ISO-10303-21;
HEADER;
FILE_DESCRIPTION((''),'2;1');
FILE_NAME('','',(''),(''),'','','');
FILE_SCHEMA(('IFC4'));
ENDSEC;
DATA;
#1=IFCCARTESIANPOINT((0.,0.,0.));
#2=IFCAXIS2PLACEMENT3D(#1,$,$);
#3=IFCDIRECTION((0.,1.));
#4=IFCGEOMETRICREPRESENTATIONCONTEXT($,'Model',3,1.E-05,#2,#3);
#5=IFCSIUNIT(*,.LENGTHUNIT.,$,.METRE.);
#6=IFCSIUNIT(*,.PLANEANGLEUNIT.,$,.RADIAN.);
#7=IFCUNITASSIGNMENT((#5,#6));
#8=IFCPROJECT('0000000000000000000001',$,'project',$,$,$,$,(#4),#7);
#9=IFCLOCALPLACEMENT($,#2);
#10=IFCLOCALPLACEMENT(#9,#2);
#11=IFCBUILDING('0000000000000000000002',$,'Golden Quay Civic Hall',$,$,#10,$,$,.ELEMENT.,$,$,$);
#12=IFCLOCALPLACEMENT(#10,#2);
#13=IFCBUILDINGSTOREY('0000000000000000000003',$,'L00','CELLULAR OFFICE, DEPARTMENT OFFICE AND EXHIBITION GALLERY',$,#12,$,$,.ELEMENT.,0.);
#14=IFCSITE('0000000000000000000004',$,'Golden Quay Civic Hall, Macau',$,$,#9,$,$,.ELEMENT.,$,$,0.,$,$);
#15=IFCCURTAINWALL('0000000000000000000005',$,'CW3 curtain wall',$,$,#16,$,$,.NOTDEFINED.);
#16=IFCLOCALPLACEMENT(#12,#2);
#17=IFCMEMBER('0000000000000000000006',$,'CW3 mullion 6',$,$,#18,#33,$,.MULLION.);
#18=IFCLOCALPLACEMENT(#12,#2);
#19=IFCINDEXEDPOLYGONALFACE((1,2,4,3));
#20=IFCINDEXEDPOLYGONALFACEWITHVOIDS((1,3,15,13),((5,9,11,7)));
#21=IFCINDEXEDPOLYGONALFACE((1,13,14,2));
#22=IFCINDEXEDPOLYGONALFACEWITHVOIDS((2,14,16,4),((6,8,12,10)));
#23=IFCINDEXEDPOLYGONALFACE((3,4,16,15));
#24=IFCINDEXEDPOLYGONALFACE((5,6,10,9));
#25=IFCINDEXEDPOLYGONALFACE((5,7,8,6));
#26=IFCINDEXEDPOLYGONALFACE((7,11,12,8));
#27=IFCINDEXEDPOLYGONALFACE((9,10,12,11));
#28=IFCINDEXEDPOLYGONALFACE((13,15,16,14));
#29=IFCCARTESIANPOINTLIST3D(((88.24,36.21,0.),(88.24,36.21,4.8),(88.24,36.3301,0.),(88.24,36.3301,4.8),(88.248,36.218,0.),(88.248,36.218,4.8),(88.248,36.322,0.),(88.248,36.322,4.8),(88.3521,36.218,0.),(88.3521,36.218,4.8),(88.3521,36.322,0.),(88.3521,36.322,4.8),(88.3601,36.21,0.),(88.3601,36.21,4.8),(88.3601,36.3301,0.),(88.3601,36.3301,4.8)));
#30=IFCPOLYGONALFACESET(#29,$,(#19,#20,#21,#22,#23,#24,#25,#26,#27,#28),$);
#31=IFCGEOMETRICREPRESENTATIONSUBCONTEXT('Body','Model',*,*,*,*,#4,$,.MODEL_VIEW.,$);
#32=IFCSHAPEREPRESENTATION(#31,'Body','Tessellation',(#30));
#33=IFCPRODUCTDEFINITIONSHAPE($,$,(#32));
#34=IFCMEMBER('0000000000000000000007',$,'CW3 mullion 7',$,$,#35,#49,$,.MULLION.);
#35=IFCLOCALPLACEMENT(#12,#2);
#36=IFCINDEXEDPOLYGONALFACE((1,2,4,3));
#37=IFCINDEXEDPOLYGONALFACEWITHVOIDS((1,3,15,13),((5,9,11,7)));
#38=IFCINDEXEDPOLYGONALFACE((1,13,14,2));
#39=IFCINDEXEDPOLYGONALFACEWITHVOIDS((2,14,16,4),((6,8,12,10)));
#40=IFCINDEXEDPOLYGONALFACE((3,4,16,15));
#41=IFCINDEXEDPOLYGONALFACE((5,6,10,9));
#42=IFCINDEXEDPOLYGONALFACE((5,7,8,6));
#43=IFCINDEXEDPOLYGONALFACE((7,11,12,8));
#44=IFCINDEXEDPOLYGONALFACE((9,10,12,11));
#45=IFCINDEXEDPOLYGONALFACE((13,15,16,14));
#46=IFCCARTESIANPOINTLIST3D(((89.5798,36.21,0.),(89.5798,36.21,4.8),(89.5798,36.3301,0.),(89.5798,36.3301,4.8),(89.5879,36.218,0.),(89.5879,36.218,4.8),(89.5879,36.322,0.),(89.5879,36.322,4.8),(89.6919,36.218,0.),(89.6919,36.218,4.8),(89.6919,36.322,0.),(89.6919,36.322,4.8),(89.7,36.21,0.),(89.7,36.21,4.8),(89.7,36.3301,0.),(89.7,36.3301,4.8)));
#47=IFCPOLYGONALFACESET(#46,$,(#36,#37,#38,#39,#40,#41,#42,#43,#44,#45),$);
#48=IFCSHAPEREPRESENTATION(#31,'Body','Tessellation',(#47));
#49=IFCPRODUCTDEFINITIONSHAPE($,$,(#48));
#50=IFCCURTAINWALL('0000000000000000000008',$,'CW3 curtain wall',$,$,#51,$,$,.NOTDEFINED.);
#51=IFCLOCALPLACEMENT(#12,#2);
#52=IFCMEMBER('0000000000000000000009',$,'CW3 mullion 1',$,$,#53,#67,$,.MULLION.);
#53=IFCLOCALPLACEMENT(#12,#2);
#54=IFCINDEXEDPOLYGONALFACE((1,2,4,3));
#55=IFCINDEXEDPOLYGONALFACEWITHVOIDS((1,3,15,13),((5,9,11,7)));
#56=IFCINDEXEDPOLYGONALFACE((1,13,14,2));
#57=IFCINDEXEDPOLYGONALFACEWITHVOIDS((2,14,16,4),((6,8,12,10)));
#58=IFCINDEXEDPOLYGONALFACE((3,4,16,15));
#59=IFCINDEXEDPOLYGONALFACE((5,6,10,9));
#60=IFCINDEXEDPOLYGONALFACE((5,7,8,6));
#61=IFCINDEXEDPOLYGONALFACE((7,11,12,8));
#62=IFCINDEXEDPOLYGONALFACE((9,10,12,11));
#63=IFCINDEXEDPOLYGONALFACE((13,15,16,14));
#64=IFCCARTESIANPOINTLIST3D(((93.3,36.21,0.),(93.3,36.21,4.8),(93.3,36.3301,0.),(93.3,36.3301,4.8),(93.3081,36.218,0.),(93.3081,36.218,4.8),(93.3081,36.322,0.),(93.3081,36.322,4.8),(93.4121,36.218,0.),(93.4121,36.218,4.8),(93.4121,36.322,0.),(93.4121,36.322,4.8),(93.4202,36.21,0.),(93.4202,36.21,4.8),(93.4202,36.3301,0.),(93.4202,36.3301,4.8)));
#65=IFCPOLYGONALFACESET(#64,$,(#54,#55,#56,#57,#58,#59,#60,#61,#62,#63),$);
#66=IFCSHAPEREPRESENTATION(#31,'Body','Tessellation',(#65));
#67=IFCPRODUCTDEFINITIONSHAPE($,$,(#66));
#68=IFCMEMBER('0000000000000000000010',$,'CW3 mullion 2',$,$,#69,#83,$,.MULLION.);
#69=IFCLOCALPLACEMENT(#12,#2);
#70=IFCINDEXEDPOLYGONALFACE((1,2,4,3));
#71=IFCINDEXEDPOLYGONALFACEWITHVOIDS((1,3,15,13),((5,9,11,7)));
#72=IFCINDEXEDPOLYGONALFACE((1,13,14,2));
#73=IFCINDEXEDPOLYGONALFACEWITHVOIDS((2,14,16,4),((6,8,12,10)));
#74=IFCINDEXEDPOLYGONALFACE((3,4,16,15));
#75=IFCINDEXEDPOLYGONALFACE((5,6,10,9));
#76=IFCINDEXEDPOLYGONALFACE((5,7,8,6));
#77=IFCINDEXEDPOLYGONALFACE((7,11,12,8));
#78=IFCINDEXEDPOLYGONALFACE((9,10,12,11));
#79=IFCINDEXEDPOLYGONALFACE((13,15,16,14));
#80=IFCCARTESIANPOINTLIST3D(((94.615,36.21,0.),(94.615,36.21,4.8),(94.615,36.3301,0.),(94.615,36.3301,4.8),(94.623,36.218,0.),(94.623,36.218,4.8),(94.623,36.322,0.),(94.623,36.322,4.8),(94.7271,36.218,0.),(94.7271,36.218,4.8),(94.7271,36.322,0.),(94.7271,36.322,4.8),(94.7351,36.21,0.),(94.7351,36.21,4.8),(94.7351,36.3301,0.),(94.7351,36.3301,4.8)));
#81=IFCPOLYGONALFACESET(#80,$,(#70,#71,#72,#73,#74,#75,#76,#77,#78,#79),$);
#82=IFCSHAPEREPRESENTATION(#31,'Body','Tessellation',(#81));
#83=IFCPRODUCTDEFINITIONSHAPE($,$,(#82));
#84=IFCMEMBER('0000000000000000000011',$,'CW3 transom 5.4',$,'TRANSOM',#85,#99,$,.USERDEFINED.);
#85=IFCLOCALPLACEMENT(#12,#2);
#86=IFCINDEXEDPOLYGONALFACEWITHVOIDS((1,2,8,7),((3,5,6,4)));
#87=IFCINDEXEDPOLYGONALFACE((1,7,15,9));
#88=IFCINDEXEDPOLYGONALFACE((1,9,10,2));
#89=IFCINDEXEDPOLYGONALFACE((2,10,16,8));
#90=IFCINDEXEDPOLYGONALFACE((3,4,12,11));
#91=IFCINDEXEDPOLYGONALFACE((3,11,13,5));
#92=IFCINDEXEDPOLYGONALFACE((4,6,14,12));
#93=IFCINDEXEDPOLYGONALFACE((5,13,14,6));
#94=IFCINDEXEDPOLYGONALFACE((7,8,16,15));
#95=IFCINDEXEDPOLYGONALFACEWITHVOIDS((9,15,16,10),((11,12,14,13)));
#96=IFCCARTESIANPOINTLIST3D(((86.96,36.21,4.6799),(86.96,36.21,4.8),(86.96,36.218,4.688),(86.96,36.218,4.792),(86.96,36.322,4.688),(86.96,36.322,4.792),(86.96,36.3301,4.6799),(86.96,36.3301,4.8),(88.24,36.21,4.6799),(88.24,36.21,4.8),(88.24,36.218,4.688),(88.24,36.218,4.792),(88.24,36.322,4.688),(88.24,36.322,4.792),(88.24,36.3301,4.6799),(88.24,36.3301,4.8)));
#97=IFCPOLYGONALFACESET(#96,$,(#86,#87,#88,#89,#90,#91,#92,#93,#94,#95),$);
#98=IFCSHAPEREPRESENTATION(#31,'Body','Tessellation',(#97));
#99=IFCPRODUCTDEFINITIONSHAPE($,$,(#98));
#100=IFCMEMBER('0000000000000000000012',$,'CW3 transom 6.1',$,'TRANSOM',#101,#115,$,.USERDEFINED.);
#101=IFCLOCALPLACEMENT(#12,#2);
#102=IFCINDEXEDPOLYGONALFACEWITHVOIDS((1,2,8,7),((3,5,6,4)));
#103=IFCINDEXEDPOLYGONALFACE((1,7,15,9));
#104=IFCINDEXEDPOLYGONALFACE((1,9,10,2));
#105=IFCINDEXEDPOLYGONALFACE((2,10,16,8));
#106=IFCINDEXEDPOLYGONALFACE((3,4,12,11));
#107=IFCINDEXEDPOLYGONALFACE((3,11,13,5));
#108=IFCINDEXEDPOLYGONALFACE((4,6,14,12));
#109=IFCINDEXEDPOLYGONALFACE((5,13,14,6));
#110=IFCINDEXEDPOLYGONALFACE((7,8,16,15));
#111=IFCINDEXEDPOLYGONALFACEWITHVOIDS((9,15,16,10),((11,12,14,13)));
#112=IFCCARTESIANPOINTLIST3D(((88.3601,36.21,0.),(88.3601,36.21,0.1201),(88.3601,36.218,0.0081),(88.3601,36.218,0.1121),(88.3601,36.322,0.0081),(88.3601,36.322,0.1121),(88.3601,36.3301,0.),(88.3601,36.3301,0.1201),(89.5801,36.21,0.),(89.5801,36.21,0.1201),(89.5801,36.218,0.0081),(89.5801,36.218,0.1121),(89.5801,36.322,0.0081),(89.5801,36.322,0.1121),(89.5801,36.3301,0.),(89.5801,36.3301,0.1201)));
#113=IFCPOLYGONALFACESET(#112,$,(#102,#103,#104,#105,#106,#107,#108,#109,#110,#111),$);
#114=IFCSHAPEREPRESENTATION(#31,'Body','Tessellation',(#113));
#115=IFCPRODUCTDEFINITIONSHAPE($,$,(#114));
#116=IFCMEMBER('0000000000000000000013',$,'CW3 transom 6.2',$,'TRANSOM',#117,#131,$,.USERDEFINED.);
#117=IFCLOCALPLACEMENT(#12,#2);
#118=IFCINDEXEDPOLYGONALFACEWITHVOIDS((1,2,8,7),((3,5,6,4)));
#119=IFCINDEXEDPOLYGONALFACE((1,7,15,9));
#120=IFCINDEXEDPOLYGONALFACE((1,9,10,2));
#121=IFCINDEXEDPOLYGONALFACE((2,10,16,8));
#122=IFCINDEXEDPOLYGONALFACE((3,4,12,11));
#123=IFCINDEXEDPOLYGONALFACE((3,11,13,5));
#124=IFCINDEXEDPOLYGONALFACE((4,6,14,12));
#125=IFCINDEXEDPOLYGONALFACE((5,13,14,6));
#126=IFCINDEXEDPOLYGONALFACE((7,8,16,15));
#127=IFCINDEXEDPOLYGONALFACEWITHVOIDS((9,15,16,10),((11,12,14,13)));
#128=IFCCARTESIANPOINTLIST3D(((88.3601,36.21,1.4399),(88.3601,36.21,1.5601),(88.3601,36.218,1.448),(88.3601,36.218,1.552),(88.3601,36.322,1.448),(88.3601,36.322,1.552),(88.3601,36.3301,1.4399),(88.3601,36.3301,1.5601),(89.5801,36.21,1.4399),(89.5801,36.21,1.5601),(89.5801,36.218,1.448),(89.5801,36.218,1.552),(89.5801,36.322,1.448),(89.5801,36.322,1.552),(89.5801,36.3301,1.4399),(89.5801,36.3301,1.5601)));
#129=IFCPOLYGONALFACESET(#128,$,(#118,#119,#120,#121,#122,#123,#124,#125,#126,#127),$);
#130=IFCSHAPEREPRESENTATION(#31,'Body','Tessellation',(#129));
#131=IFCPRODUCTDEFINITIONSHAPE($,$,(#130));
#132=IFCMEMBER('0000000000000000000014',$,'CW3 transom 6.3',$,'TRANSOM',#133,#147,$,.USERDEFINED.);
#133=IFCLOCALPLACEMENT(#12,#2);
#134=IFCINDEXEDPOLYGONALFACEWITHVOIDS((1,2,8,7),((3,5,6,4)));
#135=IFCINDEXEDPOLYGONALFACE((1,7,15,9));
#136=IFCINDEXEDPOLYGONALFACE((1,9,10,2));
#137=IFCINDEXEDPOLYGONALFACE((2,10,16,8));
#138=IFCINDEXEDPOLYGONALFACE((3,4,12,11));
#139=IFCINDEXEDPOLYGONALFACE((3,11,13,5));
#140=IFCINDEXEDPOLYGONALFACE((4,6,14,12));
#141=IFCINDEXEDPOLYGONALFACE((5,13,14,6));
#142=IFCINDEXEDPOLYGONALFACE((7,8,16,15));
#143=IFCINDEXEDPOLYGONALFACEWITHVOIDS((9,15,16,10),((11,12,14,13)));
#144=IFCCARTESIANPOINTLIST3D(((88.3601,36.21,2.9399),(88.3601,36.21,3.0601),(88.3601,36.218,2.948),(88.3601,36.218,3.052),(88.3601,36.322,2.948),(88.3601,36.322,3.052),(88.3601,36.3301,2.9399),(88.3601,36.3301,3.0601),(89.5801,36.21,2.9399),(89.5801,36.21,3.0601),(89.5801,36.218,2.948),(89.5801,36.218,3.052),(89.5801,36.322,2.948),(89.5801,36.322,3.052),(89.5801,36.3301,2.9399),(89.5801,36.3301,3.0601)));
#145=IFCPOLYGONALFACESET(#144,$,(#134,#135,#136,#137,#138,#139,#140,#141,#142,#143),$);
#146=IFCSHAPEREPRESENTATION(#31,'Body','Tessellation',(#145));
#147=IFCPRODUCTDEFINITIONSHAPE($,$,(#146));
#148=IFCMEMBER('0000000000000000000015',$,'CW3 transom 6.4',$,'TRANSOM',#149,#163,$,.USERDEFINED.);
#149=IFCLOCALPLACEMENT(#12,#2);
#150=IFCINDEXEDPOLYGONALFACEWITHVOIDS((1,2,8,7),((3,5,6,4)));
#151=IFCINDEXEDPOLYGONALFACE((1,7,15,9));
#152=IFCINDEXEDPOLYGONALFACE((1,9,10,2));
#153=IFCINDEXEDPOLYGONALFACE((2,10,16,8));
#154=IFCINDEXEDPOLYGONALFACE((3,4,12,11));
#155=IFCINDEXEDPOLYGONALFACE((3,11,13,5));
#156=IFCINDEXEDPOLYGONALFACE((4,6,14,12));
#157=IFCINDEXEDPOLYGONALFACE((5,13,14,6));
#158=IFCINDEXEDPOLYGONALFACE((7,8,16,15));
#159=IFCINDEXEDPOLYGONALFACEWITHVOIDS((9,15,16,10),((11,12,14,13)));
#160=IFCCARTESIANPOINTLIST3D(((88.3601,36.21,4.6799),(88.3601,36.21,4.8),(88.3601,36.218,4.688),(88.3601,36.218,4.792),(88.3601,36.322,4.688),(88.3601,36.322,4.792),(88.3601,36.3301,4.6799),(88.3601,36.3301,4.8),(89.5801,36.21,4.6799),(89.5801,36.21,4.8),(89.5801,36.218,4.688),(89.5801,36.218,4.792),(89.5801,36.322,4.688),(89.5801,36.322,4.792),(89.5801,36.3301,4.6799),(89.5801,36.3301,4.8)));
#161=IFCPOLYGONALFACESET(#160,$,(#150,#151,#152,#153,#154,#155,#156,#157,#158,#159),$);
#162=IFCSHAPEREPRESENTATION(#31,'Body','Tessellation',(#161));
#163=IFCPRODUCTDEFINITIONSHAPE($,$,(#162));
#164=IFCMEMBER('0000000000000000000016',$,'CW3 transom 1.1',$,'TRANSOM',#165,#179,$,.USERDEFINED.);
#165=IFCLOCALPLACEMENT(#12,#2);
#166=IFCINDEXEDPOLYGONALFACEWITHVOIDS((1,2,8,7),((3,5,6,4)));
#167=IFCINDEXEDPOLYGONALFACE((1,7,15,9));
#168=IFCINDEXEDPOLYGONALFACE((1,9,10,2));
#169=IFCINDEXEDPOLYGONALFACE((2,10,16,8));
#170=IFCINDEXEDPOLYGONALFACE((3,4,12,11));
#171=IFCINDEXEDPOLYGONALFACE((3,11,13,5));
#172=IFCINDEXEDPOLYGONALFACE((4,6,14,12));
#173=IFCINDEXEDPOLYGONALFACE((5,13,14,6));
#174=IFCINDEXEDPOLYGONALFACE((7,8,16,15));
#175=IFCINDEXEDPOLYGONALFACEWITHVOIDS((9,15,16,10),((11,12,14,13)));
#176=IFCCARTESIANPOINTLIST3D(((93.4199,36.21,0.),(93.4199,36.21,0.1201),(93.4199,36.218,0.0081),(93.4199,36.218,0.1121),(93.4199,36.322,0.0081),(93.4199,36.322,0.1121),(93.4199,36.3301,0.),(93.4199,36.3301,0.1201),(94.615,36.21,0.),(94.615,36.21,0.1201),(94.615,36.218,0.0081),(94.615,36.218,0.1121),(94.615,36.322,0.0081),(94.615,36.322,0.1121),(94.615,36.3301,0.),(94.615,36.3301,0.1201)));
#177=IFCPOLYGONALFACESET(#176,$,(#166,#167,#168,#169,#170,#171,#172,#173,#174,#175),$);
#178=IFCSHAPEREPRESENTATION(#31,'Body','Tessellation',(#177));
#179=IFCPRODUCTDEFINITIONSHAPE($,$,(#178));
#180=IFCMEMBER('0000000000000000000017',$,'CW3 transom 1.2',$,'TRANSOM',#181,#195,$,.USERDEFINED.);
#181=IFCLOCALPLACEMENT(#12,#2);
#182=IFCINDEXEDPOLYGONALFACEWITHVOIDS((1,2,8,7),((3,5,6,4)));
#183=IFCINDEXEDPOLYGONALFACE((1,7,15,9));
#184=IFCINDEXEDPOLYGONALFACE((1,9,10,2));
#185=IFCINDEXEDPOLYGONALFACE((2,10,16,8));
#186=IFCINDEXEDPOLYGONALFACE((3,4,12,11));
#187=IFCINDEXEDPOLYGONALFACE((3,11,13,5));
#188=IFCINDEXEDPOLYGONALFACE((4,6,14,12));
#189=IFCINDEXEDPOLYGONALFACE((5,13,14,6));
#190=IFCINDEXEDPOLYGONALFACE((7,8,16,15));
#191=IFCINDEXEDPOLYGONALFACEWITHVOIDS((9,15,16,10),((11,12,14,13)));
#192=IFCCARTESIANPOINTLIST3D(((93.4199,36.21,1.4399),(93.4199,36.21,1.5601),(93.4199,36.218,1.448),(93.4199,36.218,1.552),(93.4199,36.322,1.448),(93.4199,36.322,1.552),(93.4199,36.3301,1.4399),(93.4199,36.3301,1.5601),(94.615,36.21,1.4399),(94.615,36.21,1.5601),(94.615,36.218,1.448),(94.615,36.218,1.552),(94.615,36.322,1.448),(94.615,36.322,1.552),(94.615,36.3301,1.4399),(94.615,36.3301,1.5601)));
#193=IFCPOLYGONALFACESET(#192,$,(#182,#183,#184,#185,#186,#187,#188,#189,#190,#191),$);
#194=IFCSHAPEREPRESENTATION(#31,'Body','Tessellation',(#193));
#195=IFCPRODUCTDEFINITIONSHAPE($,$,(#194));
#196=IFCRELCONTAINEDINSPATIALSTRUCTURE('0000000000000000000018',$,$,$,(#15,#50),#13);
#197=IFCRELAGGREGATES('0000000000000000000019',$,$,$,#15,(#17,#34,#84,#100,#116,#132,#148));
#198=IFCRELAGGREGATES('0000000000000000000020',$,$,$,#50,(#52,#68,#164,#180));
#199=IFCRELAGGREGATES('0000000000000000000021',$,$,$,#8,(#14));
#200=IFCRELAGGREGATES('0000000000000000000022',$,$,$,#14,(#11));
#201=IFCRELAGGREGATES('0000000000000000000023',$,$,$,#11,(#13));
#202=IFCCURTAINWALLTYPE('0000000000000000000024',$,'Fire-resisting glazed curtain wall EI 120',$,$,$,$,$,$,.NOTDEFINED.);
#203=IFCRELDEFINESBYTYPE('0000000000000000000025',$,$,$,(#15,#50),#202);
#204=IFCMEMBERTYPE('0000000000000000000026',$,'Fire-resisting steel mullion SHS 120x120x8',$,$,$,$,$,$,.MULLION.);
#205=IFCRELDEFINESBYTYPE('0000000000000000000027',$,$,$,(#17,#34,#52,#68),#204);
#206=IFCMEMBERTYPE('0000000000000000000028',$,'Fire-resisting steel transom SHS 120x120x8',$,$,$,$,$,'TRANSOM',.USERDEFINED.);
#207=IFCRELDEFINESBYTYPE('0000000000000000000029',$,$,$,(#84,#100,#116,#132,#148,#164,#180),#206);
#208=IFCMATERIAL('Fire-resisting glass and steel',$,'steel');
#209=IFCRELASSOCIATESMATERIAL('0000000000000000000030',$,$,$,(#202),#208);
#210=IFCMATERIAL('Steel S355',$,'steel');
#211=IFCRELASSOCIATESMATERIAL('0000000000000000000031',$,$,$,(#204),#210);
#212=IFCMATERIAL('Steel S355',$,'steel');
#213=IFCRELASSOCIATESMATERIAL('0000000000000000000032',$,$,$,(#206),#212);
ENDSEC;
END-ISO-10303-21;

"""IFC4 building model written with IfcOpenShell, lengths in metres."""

from ifc_helpers import new_model, si_unit, direction, frame, origin, origin_2d, place, context, subcontext, project, spatial, hollow_rectangle, extrude, material, material_profile, profile_set, type_object, element, aggregate, save


model = new_model("IFC4")

# Units and contexts
model_context = context("Model", 3, precision=1e-05, world=origin(), true_north=direction((0.0, 1.0)))
body_context = subcontext(model_context, "Body", "Model", "MODEL_VIEW")
ifc_project = project(units=[si_unit("LENGTHUNIT", "METRE"), si_unit("PLANEANGLEUNIT", "RADIAN")], contexts=[model_context])

# Site, building, storey
site_placement = place(None, origin())
site = spatial("IfcSite", under=ifc_project, at=site_placement, Name="Golden Quay Civic Hall, Macau", CompositionType="ELEMENT", RefElevation=0.0)
building_placement = place(site_placement, origin())
building = spatial("IfcBuilding", under=site, at=building_placement, Name="Golden Quay Civic Hall", CompositionType="ELEMENT")
storey_placement = place(building_placement, origin())
storey = spatial("IfcBuildingStorey", under=building, at=storey_placement, Name="L00", Description="CELLULAR OFFICE, DEPARTMENT OFFICE AND EXHIBITION GALLERY", CompositionType="ELEMENT", Elevation=0.0)

# Curtain walls, members
ifc_material_1 = material(Name="Fire-resisting glass and steel", Category="steel")
curtain_wall_type = type_object("IfcCurtainWallType", Name="Fire-resisting glazed curtain wall EI 120", PredefinedType="NOTDEFINED", material=ifc_material_1)
curtain_wall_1_placement = place(storey_placement, origin())
curtain_wall_1 = element("IfcCurtainWall", 1, at=curtain_wall_1_placement, inside=storey, type_object=curtain_wall_type, Name="CW3 curtain wall", PredefinedType="NOTDEFINED")
ifc_material_2 = material(Name="Steel S355", Category="steel")
ifc_material_profile_1 = material_profile(ifc_material_2, hollow_rectangle(XDim=0.1201, YDim=0.1201, WallThickness=0.0081, at=origin_2d()), Name="SHS 120x120x8")
ifc_profile_set_1 = profile_set([ifc_material_profile_1], Name="Steel S355")
member_type_1 = type_object("IfcMemberType", Name="Fire-resisting steel mullion SHS 120x120x8", PredefinedType="MULLION", material=ifc_profile_set_1)
member_1_placement = place(storey_placement, frame((88.3, 36.27, 0.0), z_axis=(0.0, 0.0, 1.0), x_axis=(0.0, 1.0, 0.0)))
member_1 = element("IfcMember", 2, at=member_1_placement, type_object=member_type_1, Name="CW3 mullion 6", PredefinedType="MULLION", context=body_context, shape_type="SweptSolid", body=[
    extrude(hollow_rectangle(XDim=0.1201, YDim=0.1201, WallThickness=0.0081, at=origin_2d()), origin(), (0.0, 0.0, 1.0), 4.8),
])
member_2_placement = place(storey_placement, frame((89.6399, 36.27, 0.0), z_axis=(0.0, 0.0, 1.0), x_axis=(0.0, 1.0, 0.0)))
member_2 = element("IfcMember", 3, at=member_2_placement, type_object=member_type_1, Name="CW3 mullion 7", PredefinedType="MULLION", context=body_context, shape_type="SweptSolid", body=[
    extrude(hollow_rectangle(XDim=0.1201, YDim=0.1201, WallThickness=0.0081, at=origin_2d()), origin(), (0.0, 0.0, 1.0), 4.8),
])
curtain_wall_2_placement = place(storey_placement, origin())
curtain_wall_2 = element("IfcCurtainWall", 4, at=curtain_wall_2_placement, inside=storey, type_object=curtain_wall_type, Name="CW3 curtain wall", PredefinedType="NOTDEFINED")
member_3_placement = place(storey_placement, frame((93.3601, 36.27, 0.0), z_axis=(0.0, 0.0, 1.0), x_axis=(0.0, 1.0, 0.0)))
member_3 = element("IfcMember", 5, at=member_3_placement, type_object=member_type_1, Name="CW3 mullion 1", PredefinedType="MULLION", context=body_context, shape_type="SweptSolid", body=[
    extrude(hollow_rectangle(XDim=0.1201, YDim=0.1201, WallThickness=0.0081, at=origin_2d()), origin(), (0.0, 0.0, 1.0), 4.8),
])
member_4_placement = place(storey_placement, frame((94.675, 36.27, 0.0), z_axis=(0.0, 0.0, 1.0), x_axis=(0.0, 1.0, 0.0)))
member_4 = element("IfcMember", 6, at=member_4_placement, type_object=member_type_1, Name="CW3 mullion 2", PredefinedType="MULLION", context=body_context, shape_type="SweptSolid", body=[
    extrude(hollow_rectangle(XDim=0.1201, YDim=0.1201, WallThickness=0.0081, at=origin_2d()), origin(), (0.0, 0.0, 1.0), 4.8),
])

# Members
ifc_material_3 = material(Name="Steel S355", Category="steel")
ifc_material_profile_2 = material_profile(ifc_material_3, hollow_rectangle(XDim=0.1201, YDim=0.1201, WallThickness=0.0081, at=origin_2d()), Name="SHS 120x120x8")
ifc_profile_set_2 = profile_set([ifc_material_profile_2], Name="Steel S355")
member_type_2 = type_object("IfcMemberType", Name="Fire-resisting steel transom SHS 120x120x8", ElementType="TRANSOM", PredefinedType="USERDEFINED", material=ifc_profile_set_2)
member_5_placement = place(storey_placement, frame((86.96, 36.27, 4.74), z_axis=(1.0, 0.0, 0.0), x_axis=(0.0, 1.0, 0.0)))
member_5 = element("IfcMember", 7, at=member_5_placement, type_object=member_type_2, Name="CW3 transom 5.4", ObjectType="TRANSOM", PredefinedType="USERDEFINED", context=body_context, shape_type="SweptSolid", body=[
    extrude(hollow_rectangle(XDim=0.1201, YDim=0.1201, WallThickness=0.0081, at=origin_2d()), origin(), (0.0, 0.0, 1.0), 1.28),
])
member_6_placement = place(storey_placement, frame((88.3601, 36.27, 0.0601), z_axis=(1.0, 0.0, 0.0), x_axis=(0.0, 1.0, 0.0)))
member_6 = element("IfcMember", 8, at=member_6_placement, type_object=member_type_2, Name="CW3 transom 6.1", ObjectType="TRANSOM", PredefinedType="USERDEFINED", context=body_context, shape_type="SweptSolid", body=[
    extrude(hollow_rectangle(XDim=0.1201, YDim=0.1201, WallThickness=0.0081, at=origin_2d()), origin(), (0.0, 0.0, 1.0), 1.22),
])
member_7_placement = place(storey_placement, frame((88.3601, 36.27, 1.5), z_axis=(1.0, 0.0, 0.0), x_axis=(0.0, 1.0, 0.0)))
member_7 = element("IfcMember", 9, at=member_7_placement, type_object=member_type_2, Name="CW3 transom 6.2", ObjectType="TRANSOM", PredefinedType="USERDEFINED", context=body_context, shape_type="SweptSolid", body=[
    extrude(hollow_rectangle(XDim=0.1201, YDim=0.1201, WallThickness=0.0081, at=origin_2d()), origin(), (0.0, 0.0, 1.0), 1.22),
])
member_8_placement = place(storey_placement, frame((88.3601, 36.27, 3.0), z_axis=(1.0, 0.0, 0.0), x_axis=(0.0, 1.0, 0.0)))
member_8 = element("IfcMember", 10, at=member_8_placement, type_object=member_type_2, Name="CW3 transom 6.3", ObjectType="TRANSOM", PredefinedType="USERDEFINED", context=body_context, shape_type="SweptSolid", body=[
    extrude(hollow_rectangle(XDim=0.1201, YDim=0.1201, WallThickness=0.0081, at=origin_2d()), origin(), (0.0, 0.0, 1.0), 1.22),
])
member_9_placement = place(storey_placement, frame((88.3601, 36.27, 4.74), z_axis=(1.0, 0.0, 0.0), x_axis=(0.0, 1.0, 0.0)))
member_9 = element("IfcMember", 11, at=member_9_placement, type_object=member_type_2, Name="CW3 transom 6.4", ObjectType="TRANSOM", PredefinedType="USERDEFINED", context=body_context, shape_type="SweptSolid", body=[
    extrude(hollow_rectangle(XDim=0.1201, YDim=0.1201, WallThickness=0.0081, at=origin_2d()), origin(), (0.0, 0.0, 1.0), 1.22),
])
member_10_placement = place(storey_placement, frame((93.4199, 36.27, 0.0601), z_axis=(1.0, 0.0, 0.0), x_axis=(0.0, 1.0, 0.0)))
member_10 = element("IfcMember", 12, at=member_10_placement, type_object=member_type_2, Name="CW3 transom 1.1", ObjectType="TRANSOM", PredefinedType="USERDEFINED", context=body_context, shape_type="SweptSolid", body=[
    extrude(hollow_rectangle(XDim=0.1201, YDim=0.1201, WallThickness=0.0081, at=origin_2d()), origin(), (0.0, 0.0, 1.0), 1.1951),
])
member_11_placement = place(storey_placement, frame((93.4199, 36.27, 1.5), z_axis=(1.0, 0.0, 0.0), x_axis=(0.0, 1.0, 0.0)))
member_11 = element("IfcMember", 13, at=member_11_placement, type_object=member_type_2, Name="CW3 transom 1.2", ObjectType="TRANSOM", PredefinedType="USERDEFINED", context=body_context, shape_type="SweptSolid", body=[
    extrude(hollow_rectangle(XDim=0.1201, YDim=0.1201, WallThickness=0.0081, at=origin_2d()), origin(), (0.0, 0.0, 1.0), 1.1951),
])

aggregate(curtain_wall_1, [member_1, member_2, member_5, member_6, member_7, member_8, member_9])
aggregate(curtain_wall_2, [member_3, member_4, member_10, member_11])

save(model, "model.ifc")
